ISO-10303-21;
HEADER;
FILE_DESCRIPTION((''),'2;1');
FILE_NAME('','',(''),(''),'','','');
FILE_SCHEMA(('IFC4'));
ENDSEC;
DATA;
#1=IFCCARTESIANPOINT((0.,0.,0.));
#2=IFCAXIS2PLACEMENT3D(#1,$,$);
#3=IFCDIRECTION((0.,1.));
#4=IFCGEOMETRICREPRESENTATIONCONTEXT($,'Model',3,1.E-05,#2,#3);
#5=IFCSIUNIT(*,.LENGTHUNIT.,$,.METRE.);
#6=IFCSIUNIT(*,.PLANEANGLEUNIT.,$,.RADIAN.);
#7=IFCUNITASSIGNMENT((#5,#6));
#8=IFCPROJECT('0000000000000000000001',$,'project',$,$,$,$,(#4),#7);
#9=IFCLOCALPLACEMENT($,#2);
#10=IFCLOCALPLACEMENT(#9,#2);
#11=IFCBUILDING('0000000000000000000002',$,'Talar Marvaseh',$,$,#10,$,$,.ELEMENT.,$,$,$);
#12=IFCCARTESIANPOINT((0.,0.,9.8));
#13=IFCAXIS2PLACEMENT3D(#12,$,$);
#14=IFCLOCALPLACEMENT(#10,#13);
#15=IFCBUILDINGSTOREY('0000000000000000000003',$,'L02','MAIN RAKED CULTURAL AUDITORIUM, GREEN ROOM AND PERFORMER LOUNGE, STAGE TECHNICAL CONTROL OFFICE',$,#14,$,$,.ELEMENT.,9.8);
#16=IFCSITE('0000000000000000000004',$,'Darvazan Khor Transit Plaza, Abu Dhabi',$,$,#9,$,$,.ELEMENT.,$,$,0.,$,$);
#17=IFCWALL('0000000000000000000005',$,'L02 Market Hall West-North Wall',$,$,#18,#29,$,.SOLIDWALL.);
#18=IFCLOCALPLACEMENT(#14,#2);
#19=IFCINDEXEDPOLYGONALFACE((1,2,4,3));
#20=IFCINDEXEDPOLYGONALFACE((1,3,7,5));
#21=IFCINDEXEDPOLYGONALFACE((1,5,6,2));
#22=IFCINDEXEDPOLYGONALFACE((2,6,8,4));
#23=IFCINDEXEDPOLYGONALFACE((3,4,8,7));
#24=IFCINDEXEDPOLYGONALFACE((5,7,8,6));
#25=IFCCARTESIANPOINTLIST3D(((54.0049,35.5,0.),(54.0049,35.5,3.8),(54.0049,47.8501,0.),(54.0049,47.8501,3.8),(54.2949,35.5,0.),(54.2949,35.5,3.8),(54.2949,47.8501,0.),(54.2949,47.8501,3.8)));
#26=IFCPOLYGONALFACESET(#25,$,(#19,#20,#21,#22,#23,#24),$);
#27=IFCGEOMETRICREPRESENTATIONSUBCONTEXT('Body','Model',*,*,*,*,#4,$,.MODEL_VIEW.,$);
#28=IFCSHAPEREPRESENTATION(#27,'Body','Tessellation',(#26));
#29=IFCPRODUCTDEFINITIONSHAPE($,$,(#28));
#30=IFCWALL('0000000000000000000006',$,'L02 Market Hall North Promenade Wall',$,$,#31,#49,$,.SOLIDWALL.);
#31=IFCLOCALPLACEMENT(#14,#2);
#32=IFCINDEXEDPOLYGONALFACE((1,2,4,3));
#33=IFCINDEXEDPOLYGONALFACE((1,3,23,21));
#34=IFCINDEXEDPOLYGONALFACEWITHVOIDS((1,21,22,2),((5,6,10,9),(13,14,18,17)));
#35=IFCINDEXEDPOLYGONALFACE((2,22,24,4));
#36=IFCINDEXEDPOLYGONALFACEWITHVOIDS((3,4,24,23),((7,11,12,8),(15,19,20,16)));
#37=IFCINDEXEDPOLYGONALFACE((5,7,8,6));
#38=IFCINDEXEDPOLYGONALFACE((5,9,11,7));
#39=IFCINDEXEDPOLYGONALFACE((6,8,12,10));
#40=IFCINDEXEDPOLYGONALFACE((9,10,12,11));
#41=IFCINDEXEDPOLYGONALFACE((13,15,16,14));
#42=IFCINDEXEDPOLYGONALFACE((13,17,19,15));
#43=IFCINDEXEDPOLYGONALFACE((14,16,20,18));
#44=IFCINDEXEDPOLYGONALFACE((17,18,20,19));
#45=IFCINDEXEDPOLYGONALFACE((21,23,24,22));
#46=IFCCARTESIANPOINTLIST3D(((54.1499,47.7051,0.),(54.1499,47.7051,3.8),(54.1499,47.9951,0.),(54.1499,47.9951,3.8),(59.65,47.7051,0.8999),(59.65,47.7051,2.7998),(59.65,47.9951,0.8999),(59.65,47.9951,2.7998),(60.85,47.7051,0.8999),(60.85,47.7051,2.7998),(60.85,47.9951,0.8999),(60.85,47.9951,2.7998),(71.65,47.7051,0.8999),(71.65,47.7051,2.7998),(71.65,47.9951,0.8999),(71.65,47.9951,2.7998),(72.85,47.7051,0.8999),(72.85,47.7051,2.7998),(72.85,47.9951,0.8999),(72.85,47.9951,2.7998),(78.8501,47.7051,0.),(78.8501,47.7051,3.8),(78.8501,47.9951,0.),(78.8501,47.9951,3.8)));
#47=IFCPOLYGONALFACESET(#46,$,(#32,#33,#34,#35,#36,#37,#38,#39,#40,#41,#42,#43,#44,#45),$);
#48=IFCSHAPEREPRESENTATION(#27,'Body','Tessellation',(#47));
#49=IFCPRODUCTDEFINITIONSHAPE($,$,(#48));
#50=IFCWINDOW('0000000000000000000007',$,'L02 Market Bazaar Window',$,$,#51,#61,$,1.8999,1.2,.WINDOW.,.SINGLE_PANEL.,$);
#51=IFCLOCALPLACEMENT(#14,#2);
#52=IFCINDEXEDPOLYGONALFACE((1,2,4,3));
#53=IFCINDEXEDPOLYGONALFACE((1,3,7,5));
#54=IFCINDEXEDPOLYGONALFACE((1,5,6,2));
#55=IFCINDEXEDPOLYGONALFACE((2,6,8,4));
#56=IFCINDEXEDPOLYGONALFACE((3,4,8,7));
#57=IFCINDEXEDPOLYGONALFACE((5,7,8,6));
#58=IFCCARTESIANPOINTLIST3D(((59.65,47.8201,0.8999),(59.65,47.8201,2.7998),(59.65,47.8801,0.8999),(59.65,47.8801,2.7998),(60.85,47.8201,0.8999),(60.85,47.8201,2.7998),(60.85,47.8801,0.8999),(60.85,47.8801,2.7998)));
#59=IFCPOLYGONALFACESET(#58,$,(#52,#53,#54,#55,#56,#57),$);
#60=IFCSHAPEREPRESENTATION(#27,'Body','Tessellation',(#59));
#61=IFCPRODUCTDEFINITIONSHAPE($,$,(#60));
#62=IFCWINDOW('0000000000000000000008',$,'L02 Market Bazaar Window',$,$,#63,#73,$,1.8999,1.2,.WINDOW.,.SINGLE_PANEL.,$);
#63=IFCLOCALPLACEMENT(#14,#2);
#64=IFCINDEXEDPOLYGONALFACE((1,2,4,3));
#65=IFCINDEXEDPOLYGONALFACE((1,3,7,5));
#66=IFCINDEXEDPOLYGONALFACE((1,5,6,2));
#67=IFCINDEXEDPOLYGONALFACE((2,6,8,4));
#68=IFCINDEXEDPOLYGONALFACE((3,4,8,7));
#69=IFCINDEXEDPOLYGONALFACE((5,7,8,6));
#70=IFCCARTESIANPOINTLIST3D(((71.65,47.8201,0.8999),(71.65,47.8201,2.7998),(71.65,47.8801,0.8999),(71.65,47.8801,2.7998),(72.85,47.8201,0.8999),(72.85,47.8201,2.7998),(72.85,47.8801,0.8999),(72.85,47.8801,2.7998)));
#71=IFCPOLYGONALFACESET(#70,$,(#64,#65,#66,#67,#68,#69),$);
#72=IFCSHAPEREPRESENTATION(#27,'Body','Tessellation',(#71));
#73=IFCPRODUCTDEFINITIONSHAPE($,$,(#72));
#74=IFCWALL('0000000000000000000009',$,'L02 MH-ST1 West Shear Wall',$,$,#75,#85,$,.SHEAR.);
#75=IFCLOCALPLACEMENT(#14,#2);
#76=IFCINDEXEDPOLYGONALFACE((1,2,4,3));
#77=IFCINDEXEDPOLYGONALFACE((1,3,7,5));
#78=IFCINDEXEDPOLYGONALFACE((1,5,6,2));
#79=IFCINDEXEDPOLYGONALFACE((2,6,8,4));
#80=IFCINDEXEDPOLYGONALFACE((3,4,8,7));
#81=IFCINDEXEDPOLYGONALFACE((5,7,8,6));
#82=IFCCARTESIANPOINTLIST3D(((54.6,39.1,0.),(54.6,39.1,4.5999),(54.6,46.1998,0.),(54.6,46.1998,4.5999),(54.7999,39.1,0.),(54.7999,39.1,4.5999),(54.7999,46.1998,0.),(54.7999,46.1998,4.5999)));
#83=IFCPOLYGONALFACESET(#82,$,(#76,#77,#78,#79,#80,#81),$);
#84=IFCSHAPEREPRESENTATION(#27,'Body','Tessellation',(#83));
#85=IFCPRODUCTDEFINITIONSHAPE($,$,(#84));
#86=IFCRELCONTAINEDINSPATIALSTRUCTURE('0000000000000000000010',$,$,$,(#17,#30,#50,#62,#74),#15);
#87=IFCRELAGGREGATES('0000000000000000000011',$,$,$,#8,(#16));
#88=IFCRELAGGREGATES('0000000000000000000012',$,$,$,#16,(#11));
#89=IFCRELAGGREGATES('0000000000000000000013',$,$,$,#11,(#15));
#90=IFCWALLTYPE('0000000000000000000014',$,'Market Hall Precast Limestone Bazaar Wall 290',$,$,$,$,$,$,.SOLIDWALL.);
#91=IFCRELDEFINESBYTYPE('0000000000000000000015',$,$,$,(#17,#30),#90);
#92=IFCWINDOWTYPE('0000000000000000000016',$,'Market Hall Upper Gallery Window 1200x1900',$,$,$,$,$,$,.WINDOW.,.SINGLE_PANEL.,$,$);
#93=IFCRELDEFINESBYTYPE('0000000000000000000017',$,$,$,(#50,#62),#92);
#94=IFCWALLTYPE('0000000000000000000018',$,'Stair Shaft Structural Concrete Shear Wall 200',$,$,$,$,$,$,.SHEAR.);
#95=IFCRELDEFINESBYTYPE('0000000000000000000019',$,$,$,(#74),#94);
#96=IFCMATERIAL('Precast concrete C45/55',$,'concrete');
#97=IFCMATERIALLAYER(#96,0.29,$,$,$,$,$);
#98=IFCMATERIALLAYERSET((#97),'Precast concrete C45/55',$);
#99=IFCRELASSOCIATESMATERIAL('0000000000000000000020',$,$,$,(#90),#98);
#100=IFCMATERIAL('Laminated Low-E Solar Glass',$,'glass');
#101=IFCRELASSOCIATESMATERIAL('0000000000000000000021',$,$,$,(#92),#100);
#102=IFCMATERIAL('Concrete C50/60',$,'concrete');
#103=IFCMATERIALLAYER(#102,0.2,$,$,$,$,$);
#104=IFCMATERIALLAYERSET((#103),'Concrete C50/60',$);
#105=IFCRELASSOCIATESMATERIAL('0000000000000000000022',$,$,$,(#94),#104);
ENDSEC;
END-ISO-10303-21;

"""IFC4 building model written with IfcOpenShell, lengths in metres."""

from ifc_helpers import new_model, si_unit, direction, frame, frame_2d, origin, place, context, subcontext, project, spatial, rectangle, extrude, source, transform, mapped, material, layer, layer_set, type_object, type_shapes, element, fill, save


model = new_model("IFC4")

# Units and contexts
model_context = context("Model", 3, precision=1e-05, world=origin(), true_north=direction((0.0, 1.0)))
body_context = subcontext(model_context, "Body", "Model", "MODEL_VIEW")
ifc_project = project(units=[si_unit("LENGTHUNIT", "METRE"), si_unit("PLANEANGLEUNIT", "RADIAN")], contexts=[model_context])

# Site, building, storey
site_placement = place(None, origin())
site = spatial("IfcSite", under=ifc_project, at=site_placement, Name="Darvazan Khor Transit Plaza, Abu Dhabi", CompositionType="ELEMENT", RefElevation=0.0)
building_placement = place(site_placement, origin())
building = spatial("IfcBuilding", under=site, at=building_placement, Name="Talar Marvaseh", CompositionType="ELEMENT")
storey_placement = place(building_placement, frame((0.0, 0.0, 9.8)))
storey = spatial("IfcBuildingStorey", under=building, at=storey_placement, Name="L02", Description="MAIN RAKED CULTURAL AUDITORIUM, GREEN ROOM AND PERFORMER LOUNGE, STAGE TECHNICAL CONTROL OFFICE", CompositionType="ELEMENT", Elevation=9.8)

# Shared definitions
ifc_material_1 = material(Name="Laminated Low-E Solar Glass", Category="glass")

# Shared definitions
ifc_material_2 = material(Name="Precast concrete C45/55", Category="concrete")

# Wall
ifc_layer_1 = layer(ifc_material_2, 0.29)
ifc_layer_set_1 = layer_set([ifc_layer_1], Name="Precast concrete C45/55")
wall_type_1 = type_object("IfcWallType", Name="Market Hall Precast Limestone Bazaar Wall 290", PredefinedType="SOLIDWALL", material=ifc_layer_set_1)
wall_1_placement = place(storey_placement, frame((54.1499, 35.5, 0.0), z_axis=(0.0, 0.0, 1.0), x_axis=(0.0, 1.0, 0.0)))
element("IfcWall", 1, at=wall_1_placement, inside=storey, type_object=wall_type_1, Name="L02 Market Hall West-North Wall", PredefinedType="SOLIDWALL", context=body_context, shape_type="SweptSolid", body=[
    extrude(rectangle(XDim=12.3501, YDim=0.29, at=frame_2d((6.175, 0.0))), origin(), (0.0, 0.0, 1.0), 3.8),
])

# Wall, openings, windows
wall_2_placement = place(storey_placement, frame((54.1499, 47.8501, 0.0), z_axis=(0.0, 0.0, 1.0), x_axis=(1.0, 0.0, 0.0)))
wall_2 = element("IfcWall", 2, at=wall_2_placement, inside=storey, type_object=wall_type_1, Name="L02 Market Hall North Promenade Wall", PredefinedType="SOLIDWALL", context=body_context, shape_type="SweptSolid", body=[
    extrude(rectangle(XDim=24.7002, YDim=0.29, at=frame_2d((12.3501, 0.0))), origin(), (0.0, 0.0, 1.0), 3.8),
])
opening_1_placement = place(wall_2_placement, frame((5.5, 0.0, 0.8999)))
opening_1 = element("IfcOpeningElement", 3, at=opening_1_placement, cuts=wall_2, PredefinedType="OPENING", context=body_context, shape_type="SweptSolid", body=[
    extrude(rectangle(XDim=1.2, YDim=1.8999, at=frame_2d((0.6001, 0.95))), frame((0.0, 0.155, 0.0), z_axis=(0.0, -1.0, 0.0), x_axis=(1.0, 0.0, 0.0)), (0.0, 0.0, 1.0), 0.3101),
])
opening_2_placement = place(wall_2_placement, frame((17.5, 0.0, 0.8999)))
opening_2 = element("IfcOpeningElement", 4, at=opening_2_placement, cuts=wall_2, PredefinedType="OPENING", context=body_context, shape_type="SweptSolid", body=[
    extrude(rectangle(XDim=1.2, YDim=1.8999, at=frame_2d((0.6001, 0.95))), frame((0.0, 0.155, 0.0), z_axis=(0.0, -1.0, 0.0), x_axis=(1.0, 0.0, 0.0)), (0.0, 0.0, 1.0), 0.3101),
])
window_type_1 = type_object("IfcWindowType", Name="Market Hall Upper Gallery Window 1200x1900", PartitioningType="SINGLE_PANEL", PredefinedType="WINDOW", material=ifc_material_1)
shared_shape_1 = source(origin(), body_context, "Body", "SweptSolid", [
    extrude(rectangle(XDim=1.2, YDim=1.8999, at=frame_2d((0.6001, 0.95))), frame((0.0, 0.03, 0.0), z_axis=(0.0, -1.0, 0.0), x_axis=(1.0, 0.0, 0.0)), (0.0, 0.0, 1.0), 0.0601),
])
type_shapes(window_type_1, [shared_shape_1])
window_1_placement = place(opening_1_placement, origin())
window_1 = element("IfcWindow", 5, at=window_1_placement, inside=storey, type_object=window_type_1, Name="L02 Market Bazaar Window", OverallHeight=1.8999, OverallWidth=1.2, PartitioningType="SINGLE_PANEL", PredefinedType="WINDOW", context=body_context, shape_type="MappedRepresentation", body=[
    mapped(shared_shape_1, transform((0.0, 0.0, 0.0), x_axis=(1.0, 0.0, 0.0), y_axis=(0.0, 1.0, 0.0), z_axis=(0.0, 0.0, 1.0), scale=1.0)),
])
fill(opening_1, window_1)
window_2_placement = place(opening_2_placement, origin())
window_2 = element("IfcWindow", 6, at=window_2_placement, inside=storey, type_object=window_type_1, Name="L02 Market Bazaar Window", OverallHeight=1.8999, OverallWidth=1.2, PartitioningType="SINGLE_PANEL", PredefinedType="WINDOW", context=body_context, shape_type="MappedRepresentation", body=[
    mapped(shared_shape_1, transform((0.0, 0.0, 0.0), x_axis=(1.0, 0.0, 0.0), y_axis=(0.0, 1.0, 0.0), z_axis=(0.0, 0.0, 1.0), scale=1.0)),
])
fill(opening_2, window_2)

# Wall
ifc_material_3 = material(Name="Concrete C50/60", Category="concrete")
ifc_layer_2 = layer(ifc_material_3, 0.2)
ifc_layer_set_2 = layer_set([ifc_layer_2], Name="Concrete C50/60")
wall_type_2 = type_object("IfcWallType", Name="Stair Shaft Structural Concrete Shear Wall 200", PredefinedType="SHEAR", material=ifc_layer_set_2)
wall_3_placement = place(storey_placement, frame((54.7, 39.1001, 0.0), z_axis=(0.0, 0.0, 1.0), x_axis=(0.0, 1.0, 0.0)))
element("IfcWall", 7, at=wall_3_placement, inside=storey, type_object=wall_type_2, Name="L02 MH-ST1 West Shear Wall", PredefinedType="SHEAR", context=body_context, shape_type="SweptSolid", body=[
    extrude(rectangle(XDim=7.0999, YDim=0.2, at=frame_2d((3.5498, 0.0))), origin(), (0.0, 0.0, 1.0), 4.5999),
])

save(model, "model.ifc")
